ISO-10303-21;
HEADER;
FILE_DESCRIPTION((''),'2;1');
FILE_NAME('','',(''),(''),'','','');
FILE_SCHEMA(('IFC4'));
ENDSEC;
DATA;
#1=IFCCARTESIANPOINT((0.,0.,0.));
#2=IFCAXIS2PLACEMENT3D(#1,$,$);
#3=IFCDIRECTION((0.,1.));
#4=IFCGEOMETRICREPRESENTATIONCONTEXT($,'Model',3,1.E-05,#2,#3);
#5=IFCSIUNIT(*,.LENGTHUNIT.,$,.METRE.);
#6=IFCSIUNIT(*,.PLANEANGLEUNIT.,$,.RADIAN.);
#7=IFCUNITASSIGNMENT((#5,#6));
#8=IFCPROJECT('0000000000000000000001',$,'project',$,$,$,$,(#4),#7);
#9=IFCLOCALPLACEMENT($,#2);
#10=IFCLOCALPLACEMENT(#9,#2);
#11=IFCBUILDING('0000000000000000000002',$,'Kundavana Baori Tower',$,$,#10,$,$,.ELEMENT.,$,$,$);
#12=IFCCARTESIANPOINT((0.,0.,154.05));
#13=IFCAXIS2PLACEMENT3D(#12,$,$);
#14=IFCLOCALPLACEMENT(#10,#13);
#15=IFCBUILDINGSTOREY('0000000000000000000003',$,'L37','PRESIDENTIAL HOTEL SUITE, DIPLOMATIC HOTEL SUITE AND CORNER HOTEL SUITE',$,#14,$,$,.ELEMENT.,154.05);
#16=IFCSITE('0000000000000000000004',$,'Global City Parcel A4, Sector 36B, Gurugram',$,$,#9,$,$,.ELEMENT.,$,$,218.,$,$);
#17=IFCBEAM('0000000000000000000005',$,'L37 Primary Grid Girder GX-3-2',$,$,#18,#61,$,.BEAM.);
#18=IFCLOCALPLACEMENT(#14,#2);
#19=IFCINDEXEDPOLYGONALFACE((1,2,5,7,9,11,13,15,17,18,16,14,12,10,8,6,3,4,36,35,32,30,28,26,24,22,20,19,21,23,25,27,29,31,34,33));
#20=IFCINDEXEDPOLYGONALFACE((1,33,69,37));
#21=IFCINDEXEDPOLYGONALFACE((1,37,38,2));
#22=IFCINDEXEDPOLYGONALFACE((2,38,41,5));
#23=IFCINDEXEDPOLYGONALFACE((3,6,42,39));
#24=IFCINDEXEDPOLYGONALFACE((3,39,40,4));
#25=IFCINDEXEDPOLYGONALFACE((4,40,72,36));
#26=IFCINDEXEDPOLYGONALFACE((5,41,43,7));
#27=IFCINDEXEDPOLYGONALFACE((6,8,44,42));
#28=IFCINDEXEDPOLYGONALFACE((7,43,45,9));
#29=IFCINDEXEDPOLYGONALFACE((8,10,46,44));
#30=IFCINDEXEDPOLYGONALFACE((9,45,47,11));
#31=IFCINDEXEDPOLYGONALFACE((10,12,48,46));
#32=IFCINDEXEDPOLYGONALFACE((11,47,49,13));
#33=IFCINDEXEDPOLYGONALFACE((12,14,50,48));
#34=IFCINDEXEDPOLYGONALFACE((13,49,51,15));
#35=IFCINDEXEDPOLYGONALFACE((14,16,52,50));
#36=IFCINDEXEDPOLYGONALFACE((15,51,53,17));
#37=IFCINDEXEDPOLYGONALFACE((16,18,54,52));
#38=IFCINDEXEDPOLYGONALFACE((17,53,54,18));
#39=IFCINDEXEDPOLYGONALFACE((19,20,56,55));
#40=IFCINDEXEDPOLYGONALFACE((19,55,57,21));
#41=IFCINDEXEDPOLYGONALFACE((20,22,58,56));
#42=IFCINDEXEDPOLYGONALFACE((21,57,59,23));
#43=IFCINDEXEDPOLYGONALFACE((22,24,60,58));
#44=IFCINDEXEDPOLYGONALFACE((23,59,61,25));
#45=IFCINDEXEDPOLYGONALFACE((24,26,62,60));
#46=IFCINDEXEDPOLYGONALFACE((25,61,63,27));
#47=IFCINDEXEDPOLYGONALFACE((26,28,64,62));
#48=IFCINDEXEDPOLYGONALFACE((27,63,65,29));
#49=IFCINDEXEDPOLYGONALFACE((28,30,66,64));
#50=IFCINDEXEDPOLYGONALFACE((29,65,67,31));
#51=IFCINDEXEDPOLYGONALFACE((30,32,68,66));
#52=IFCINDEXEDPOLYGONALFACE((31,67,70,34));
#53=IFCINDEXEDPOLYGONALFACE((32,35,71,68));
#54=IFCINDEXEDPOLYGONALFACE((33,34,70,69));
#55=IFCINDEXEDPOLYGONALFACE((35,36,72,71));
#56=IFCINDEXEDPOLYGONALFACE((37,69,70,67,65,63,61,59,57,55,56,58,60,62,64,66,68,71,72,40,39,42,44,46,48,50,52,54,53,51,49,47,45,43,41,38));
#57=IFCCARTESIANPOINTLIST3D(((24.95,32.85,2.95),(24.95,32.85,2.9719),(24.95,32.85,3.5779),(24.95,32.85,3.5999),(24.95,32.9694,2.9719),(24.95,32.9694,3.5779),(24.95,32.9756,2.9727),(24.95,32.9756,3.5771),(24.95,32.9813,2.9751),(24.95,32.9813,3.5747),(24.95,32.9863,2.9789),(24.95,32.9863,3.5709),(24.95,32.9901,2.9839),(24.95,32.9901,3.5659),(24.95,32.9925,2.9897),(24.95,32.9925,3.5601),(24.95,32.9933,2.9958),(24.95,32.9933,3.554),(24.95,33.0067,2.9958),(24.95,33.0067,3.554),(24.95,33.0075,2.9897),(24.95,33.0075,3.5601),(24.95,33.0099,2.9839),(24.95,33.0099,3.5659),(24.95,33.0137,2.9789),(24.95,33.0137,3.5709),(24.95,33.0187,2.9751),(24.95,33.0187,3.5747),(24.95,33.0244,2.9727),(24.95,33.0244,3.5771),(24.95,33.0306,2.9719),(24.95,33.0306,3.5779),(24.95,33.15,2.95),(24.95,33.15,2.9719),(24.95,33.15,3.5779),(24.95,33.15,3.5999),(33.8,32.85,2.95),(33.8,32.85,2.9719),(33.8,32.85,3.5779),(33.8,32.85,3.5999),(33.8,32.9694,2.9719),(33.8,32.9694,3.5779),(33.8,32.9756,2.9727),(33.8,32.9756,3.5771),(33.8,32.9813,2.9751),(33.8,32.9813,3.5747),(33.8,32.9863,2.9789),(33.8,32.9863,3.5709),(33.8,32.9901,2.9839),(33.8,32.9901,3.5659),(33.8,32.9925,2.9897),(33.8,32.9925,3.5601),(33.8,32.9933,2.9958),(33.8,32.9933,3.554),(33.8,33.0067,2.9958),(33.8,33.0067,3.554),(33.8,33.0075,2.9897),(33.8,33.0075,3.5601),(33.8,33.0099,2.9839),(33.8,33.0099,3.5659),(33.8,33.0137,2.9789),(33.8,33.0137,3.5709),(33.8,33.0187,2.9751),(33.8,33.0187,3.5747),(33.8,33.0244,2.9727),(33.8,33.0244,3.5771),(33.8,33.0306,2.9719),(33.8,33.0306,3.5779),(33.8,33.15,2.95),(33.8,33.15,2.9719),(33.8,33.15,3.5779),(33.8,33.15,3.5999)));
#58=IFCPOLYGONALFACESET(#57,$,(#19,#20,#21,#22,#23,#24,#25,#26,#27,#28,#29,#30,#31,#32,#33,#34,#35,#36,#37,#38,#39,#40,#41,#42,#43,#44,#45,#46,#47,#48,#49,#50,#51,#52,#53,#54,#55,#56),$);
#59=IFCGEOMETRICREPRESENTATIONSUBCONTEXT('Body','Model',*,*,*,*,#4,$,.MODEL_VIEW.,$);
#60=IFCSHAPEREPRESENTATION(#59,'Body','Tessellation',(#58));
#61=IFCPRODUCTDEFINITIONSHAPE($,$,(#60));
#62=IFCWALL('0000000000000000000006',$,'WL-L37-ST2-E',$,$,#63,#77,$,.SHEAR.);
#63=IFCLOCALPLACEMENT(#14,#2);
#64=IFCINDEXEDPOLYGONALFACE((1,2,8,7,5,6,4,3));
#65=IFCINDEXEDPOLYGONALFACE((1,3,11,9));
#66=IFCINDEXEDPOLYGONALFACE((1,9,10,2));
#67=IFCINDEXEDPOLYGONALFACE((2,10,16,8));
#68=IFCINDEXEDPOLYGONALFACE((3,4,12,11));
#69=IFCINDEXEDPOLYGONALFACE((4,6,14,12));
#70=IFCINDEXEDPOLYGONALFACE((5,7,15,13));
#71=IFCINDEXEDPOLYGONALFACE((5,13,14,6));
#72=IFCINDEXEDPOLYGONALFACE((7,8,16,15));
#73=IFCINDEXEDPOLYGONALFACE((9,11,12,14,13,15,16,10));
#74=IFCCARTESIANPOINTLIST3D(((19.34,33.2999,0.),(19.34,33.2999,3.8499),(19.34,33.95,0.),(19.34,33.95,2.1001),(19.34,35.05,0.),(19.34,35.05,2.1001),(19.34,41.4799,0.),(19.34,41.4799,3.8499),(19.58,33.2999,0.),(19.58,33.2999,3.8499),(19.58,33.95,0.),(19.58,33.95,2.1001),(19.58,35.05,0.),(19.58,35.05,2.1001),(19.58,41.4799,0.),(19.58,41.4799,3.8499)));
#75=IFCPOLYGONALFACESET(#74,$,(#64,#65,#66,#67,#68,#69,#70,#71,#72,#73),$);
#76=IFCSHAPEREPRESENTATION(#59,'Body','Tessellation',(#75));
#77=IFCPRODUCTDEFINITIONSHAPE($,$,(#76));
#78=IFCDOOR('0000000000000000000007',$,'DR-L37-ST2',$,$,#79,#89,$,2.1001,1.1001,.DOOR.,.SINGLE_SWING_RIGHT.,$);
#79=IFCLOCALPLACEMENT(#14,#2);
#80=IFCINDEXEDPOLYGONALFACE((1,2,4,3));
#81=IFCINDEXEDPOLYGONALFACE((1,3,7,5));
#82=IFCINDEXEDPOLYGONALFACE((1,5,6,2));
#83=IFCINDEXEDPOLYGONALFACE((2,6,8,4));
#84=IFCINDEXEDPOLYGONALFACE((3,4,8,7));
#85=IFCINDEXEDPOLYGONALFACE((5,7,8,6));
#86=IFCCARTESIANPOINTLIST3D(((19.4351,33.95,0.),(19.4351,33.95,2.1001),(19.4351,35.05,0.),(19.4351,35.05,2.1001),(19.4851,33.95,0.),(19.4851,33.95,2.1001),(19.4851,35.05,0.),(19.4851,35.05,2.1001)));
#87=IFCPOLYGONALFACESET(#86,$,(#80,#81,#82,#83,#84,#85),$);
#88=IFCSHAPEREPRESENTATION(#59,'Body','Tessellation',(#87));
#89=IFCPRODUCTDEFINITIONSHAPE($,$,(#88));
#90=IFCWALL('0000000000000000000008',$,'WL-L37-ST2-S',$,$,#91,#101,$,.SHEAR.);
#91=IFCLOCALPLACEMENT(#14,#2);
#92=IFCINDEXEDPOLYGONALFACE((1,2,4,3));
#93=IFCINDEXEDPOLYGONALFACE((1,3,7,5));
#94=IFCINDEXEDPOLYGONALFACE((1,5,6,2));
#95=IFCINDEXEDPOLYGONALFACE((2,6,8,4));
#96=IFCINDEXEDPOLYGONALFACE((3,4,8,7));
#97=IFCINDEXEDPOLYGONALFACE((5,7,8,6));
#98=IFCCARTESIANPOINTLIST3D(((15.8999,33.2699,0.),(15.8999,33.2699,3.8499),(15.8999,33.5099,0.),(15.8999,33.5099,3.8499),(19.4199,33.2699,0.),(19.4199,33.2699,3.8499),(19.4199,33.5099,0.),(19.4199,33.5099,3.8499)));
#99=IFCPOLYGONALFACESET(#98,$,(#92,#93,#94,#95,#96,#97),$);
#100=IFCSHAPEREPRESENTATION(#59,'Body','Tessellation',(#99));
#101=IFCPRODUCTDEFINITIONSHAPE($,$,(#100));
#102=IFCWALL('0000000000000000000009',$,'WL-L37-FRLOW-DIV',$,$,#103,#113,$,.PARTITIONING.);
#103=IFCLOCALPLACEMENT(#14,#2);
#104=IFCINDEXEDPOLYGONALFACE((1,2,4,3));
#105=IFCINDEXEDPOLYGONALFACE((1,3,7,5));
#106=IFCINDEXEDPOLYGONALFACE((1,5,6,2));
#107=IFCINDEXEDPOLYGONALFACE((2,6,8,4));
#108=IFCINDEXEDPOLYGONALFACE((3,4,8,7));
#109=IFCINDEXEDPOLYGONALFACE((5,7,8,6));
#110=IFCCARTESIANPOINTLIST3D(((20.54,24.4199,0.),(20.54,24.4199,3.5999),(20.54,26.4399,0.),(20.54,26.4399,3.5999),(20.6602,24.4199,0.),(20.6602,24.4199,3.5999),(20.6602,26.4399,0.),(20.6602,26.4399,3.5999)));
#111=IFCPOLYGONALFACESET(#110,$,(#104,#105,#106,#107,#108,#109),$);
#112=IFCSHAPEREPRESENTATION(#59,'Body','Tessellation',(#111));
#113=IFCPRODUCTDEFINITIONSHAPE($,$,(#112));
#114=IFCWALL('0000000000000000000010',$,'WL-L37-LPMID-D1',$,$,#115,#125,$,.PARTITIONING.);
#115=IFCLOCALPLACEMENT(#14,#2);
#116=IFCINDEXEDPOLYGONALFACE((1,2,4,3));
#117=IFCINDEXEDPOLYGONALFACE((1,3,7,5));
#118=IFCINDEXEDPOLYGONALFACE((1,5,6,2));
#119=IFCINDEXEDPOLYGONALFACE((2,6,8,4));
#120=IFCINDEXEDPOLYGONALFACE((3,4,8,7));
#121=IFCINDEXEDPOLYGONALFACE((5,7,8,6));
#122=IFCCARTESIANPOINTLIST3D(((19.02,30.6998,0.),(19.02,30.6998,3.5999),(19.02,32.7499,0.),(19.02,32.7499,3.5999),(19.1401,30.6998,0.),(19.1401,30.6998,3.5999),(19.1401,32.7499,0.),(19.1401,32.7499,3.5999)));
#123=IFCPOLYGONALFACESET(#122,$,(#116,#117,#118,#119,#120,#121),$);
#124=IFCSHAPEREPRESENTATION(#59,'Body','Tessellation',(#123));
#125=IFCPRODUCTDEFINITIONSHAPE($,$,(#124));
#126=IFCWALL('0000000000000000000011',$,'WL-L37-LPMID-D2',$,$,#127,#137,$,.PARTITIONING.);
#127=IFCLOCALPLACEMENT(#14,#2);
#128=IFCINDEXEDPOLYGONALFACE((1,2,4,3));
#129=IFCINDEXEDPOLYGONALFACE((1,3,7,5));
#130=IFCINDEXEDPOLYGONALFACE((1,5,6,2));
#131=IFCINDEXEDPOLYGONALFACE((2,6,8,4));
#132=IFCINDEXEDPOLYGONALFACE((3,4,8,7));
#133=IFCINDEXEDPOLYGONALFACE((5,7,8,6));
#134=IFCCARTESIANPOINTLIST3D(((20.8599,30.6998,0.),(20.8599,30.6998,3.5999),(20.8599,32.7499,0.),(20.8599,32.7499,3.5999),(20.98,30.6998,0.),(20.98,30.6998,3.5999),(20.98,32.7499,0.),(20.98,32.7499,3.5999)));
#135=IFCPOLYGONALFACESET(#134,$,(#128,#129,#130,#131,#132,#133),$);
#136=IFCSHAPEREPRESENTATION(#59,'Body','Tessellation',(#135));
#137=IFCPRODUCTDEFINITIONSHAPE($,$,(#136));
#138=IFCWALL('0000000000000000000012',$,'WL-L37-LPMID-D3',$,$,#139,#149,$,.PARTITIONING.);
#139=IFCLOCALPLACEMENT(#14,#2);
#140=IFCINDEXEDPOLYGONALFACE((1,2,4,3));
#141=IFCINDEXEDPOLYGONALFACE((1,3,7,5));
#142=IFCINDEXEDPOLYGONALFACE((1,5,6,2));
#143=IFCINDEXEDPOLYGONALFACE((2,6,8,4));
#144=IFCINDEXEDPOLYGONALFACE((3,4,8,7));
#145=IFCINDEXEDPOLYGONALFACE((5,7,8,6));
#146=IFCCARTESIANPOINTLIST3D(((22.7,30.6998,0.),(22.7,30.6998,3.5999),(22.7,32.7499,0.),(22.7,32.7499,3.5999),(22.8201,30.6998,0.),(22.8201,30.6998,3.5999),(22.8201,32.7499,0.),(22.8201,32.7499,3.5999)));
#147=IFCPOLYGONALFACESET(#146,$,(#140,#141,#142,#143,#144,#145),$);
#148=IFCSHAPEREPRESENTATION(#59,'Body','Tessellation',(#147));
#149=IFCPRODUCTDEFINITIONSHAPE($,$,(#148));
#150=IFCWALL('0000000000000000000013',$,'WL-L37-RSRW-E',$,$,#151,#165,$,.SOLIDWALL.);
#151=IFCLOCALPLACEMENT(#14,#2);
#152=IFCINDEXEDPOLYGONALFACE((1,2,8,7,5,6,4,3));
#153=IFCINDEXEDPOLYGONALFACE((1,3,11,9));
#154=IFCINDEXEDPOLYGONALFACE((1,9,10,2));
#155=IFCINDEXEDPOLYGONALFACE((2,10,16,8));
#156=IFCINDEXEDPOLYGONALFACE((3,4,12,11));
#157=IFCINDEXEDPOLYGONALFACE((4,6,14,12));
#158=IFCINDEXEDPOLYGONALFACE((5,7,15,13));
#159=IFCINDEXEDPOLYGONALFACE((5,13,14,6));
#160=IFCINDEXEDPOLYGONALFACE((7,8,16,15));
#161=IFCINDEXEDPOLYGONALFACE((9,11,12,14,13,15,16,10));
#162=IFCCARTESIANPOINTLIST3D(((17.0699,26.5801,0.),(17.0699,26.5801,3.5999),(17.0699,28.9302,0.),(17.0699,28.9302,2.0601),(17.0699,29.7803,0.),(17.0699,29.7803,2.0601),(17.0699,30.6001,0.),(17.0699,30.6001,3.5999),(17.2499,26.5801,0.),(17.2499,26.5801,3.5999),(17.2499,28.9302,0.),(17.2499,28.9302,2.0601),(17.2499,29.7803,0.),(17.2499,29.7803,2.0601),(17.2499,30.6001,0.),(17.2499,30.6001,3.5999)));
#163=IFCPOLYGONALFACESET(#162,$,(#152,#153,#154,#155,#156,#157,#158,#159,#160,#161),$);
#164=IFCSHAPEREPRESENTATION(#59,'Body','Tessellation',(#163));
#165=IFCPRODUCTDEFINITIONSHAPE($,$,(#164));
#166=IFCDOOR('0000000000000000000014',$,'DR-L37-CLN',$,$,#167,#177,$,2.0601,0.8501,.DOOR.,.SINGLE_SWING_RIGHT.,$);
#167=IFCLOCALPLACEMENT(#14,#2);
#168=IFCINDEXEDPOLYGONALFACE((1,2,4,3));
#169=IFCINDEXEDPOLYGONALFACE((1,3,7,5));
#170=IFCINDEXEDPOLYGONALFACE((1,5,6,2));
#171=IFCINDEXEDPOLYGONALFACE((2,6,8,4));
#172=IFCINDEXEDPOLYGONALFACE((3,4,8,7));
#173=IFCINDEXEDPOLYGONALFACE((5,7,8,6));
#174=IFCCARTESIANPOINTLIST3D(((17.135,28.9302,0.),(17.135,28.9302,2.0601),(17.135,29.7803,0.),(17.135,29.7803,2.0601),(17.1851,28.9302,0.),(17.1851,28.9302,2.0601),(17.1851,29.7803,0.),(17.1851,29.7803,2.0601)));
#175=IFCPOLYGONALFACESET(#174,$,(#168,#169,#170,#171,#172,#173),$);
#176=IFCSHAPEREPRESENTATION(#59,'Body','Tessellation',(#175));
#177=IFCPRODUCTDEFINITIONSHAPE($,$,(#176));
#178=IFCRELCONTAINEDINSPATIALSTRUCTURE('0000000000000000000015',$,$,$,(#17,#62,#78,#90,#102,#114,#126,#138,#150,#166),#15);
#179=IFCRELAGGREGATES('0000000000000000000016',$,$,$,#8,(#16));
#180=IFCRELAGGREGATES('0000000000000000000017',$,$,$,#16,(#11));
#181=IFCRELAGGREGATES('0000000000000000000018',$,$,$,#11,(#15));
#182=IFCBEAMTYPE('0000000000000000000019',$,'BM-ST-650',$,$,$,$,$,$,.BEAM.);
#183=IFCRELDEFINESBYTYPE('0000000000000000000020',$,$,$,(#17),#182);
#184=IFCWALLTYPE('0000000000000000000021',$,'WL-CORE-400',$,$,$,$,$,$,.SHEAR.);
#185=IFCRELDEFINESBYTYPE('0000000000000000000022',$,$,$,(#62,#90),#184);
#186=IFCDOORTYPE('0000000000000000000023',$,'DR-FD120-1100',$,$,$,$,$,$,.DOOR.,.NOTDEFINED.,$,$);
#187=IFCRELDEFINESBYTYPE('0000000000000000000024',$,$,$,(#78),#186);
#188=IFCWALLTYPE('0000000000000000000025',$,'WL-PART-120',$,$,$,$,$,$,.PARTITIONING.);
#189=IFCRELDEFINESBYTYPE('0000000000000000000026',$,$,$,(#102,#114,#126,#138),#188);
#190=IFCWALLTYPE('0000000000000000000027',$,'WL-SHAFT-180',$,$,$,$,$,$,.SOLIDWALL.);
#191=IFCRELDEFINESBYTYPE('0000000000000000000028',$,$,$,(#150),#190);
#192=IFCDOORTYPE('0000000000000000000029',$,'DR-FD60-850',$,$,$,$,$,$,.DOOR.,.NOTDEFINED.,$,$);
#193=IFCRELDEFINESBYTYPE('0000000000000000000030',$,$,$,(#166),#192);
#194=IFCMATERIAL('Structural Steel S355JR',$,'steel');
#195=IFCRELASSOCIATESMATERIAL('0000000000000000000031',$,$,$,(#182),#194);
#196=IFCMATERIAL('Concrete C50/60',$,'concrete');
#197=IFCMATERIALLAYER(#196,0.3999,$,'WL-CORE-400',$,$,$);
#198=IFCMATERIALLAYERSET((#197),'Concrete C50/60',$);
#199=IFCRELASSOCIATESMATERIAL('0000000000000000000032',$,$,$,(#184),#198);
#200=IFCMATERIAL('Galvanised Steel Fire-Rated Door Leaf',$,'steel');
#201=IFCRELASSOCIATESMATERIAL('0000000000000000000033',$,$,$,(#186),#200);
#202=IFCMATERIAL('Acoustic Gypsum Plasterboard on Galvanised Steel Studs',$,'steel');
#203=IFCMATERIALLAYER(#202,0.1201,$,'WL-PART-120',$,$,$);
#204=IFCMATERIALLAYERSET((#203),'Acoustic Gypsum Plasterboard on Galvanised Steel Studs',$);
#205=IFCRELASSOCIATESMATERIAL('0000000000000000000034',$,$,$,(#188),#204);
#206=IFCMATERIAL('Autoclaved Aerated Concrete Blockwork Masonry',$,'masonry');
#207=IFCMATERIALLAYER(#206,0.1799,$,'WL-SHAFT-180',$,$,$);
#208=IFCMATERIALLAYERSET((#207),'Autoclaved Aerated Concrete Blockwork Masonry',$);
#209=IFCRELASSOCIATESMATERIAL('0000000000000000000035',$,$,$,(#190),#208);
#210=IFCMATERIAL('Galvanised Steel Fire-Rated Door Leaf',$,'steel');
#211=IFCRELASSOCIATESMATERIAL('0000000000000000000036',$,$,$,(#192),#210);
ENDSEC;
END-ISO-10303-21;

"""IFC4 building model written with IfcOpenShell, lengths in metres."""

from ifc_helpers import new_model, si_unit, direction, frame, frame_2d, origin, origin_2d, place, context, subcontext, project, spatial, rectangle, i_section, extrude, material, layer, layer_set, material_profile, profile_set, type_object, element, fill, save


model = new_model("IFC4")

# Units and contexts
model_context = context("Model", 3, precision=1e-05, world=origin(), true_north=direction((0.0, 1.0)))
body_context = subcontext(model_context, "Body", "Model", "MODEL_VIEW")
ifc_project = project(units=[si_unit("LENGTHUNIT", "METRE"), si_unit("PLANEANGLEUNIT", "RADIAN")], contexts=[model_context])

# Site, building, storey
site_placement = place(None, origin())
site = spatial("IfcSite", under=ifc_project, at=site_placement, Name="Global City Parcel A4, Sector 36B, Gurugram", CompositionType="ELEMENT", RefElevation=218.0)
building_placement = place(site_placement, origin())
building = spatial("IfcBuilding", under=site, at=building_placement, Name="Kundavana Baori Tower", CompositionType="ELEMENT")
storey_placement = place(building_placement, frame((0.0, 0.0, 154.05)))
storey = spatial("IfcBuildingStorey", under=building, at=storey_placement, Name="L37", Description="PRESIDENTIAL HOTEL SUITE, DIPLOMATIC HOTEL SUITE AND CORNER HOTEL SUITE", CompositionType="ELEMENT", Elevation=154.05)

# Beam
ifc_material_1 = material(Name="Structural Steel S355JR", Category="steel")
ifc_material_profile_1 = material_profile(ifc_material_1, i_section(OverallWidth=0.3, OverallDepth=0.6499, WebThickness=0.0134, FlangeThickness=0.022, FilletRadius=0.0239, at=origin_2d()), Name="NPB 650x300x155")
ifc_profile_set_1 = profile_set([ifc_material_profile_1], Name="Structural Steel S355JR")
beam_type_1 = type_object("IfcBeamType", Name="BM-ST-650", PredefinedType="BEAM", material=ifc_profile_set_1)
for number, where, z_axis, x_axis, name in (
    (1, (24.95, 33.0, 3.2749), (1.0, 0.0, 0.0), (0.0, 1.0, 0.0), "L37 Primary Grid Girder GX-3-2"),
):
    element("IfcBeam", number, at=place(storey_placement, frame(where, z_axis=z_axis, x_axis=x_axis)), inside=storey, type_object=beam_type_1, Name=name, PredefinedType="BEAM", context=body_context, shape_type="SweptSolid", body=[
        extrude(i_section(OverallWidth=0.3, OverallDepth=0.6499, WebThickness=0.0134, FlangeThickness=0.022, FilletRadius=0.0239, at=origin_2d()), origin(), (0.0, 0.0, 1.0), 8.8501),
    ])

# Wall, opening, door
ifc_material_2 = material(Name="Concrete C50/60", Category="concrete")
ifc_layer_1 = layer(ifc_material_2, 0.3999, Name="WL-CORE-400")
ifc_layer_set_1 = layer_set([ifc_layer_1], Name="Concrete C50/60")
wall_type_1 = type_object("IfcWallType", Name="WL-CORE-400", PredefinedType="SHEAR", material=ifc_layer_set_1)
wall_1_placement = place(storey_placement, frame((19.46, 33.3, 0.0), z_axis=(0.0, 0.0, 1.0), x_axis=(0.0, 1.0, 0.0)))
wall_1 = element("IfcWall", 2, at=wall_1_placement, inside=storey, type_object=wall_type_1, Name="WL-L37-ST2-E", PredefinedType="SHEAR", context=body_context, shape_type="SweptSolid", body=[
    extrude(rectangle(XDim=8.1799, YDim=0.24, at=frame_2d((4.0898, 0.0))), origin(), (0.0, 0.0, 1.0), 3.8499),
])
opening_1_placement = place(wall_1_placement, frame((0.6499, 0.0, 0.0)))
opening_1 = element("IfcOpeningElement", 3, at=opening_1_placement, cuts=wall_1, PredefinedType="OPENING", context=body_context, shape_type="SweptSolid", body=[
    extrude(rectangle(XDim=1.1001, YDim=2.1001, at=frame_2d((0.55, 1.05))), frame((0.0, 0.1299, 0.0), z_axis=(0.0, -1.0, 0.0), x_axis=(1.0, 0.0, 0.0)), (0.0, 0.0, 1.0), 0.26),
])
ifc_material_3 = material(Name="Galvanised Steel Fire-Rated Door Leaf", Category="steel")
door_type_1 = type_object("IfcDoorType", Name="DR-FD120-1100", OperationType="NOTDEFINED", PredefinedType="DOOR", material=ifc_material_3)
door_1_placement = place(opening_1_placement, origin())
door_1 = element("IfcDoor", 4, at=door_1_placement, inside=storey, type_object=door_type_1, Name="DR-L37-ST2", OperationType="SINGLE_SWING_RIGHT", OverallHeight=2.1001, OverallWidth=1.1001, PredefinedType="DOOR", context=body_context, shape_type="SweptSolid", body=[
    extrude(rectangle(XDim=1.1001, YDim=2.1001, at=frame_2d((0.55, 1.05))), frame((0.0, 0.0249, 0.0), z_axis=(0.0, -1.0, 0.0), x_axis=(1.0, 0.0, 0.0)), (0.0, 0.0, 1.0), 0.05),
])
fill(opening_1, door_1)

# Walls
wall_2_placement = place(storey_placement, frame((15.8999, 33.3899, 0.0), z_axis=(0.0, 0.0, 1.0), x_axis=(1.0, 0.0, 0.0)))
element("IfcWall", 5, at=wall_2_placement, inside=storey, type_object=wall_type_1, Name="WL-L37-ST2-S", PredefinedType="SHEAR", context=body_context, shape_type="SweptSolid", body=[
    extrude(rectangle(XDim=3.52, YDim=0.24, at=frame_2d((1.76, 0.0))), origin(), (0.0, 0.0, 1.0), 3.8499),
])
ifc_material_4 = material(Name="Acoustic Gypsum Plasterboard on Galvanised Steel Studs", Category="steel")
ifc_layer_2 = layer(ifc_material_4, 0.1201, Name="WL-PART-120")
ifc_layer_set_2 = layer_set([ifc_layer_2], Name="Acoustic Gypsum Plasterboard on Galvanised Steel Studs")
wall_type_2 = type_object("IfcWallType", Name="WL-PART-120", PredefinedType="PARTITIONING", material=ifc_layer_set_2)
wall_3_placement = place(storey_placement, frame((20.6001, 24.4199, 0.0), z_axis=(0.0, 0.0, 1.0), x_axis=(0.0, 1.0, 0.0)))
element("IfcWall", 6, at=wall_3_placement, inside=storey, type_object=wall_type_2, Name="WL-L37-FRLOW-DIV", PredefinedType="PARTITIONING", context=body_context, shape_type="SweptSolid", body=[
    extrude(rectangle(XDim=2.02, YDim=0.1201, at=frame_2d((1.01, 0.0))), origin(), (0.0, 0.0, 1.0), 3.5999),
])
for number, where, z_axis, x_axis, name in (
    (7, (19.0801, 30.7, 0.0), (0.0, 0.0, 1.0), (0.0, 1.0, 0.0), "WL-L37-LPMID-D1"),
    (8, (20.9199, 30.7, 0.0), (0.0, 0.0, 1.0), (0.0, 1.0, 0.0), "WL-L37-LPMID-D2"),
    (9, (22.76, 30.7, 0.0), (0.0, 0.0, 1.0), (0.0, 1.0, 0.0), "WL-L37-LPMID-D3"),
):
    element("IfcWall", number, at=place(storey_placement, frame(where, z_axis=z_axis, x_axis=x_axis)), inside=storey, type_object=wall_type_2, Name=name, PredefinedType="PARTITIONING", context=body_context, shape_type="SweptSolid", body=[
        extrude(rectangle(XDim=2.05, YDim=0.1201, at=frame_2d((1.0249, 0.0))), origin(), (0.0, 0.0, 1.0), 3.5999),
    ])

# Wall, opening, door
ifc_material_5 = material(Name="Autoclaved Aerated Concrete Blockwork Masonry", Category="masonry")
ifc_layer_3 = layer(ifc_material_5, 0.1799, Name="WL-SHAFT-180")
ifc_layer_set_3 = layer_set([ifc_layer_3], Name="Autoclaved Aerated Concrete Blockwork Masonry")
wall_type_3 = type_object("IfcWallType", Name="WL-SHAFT-180", PredefinedType="SOLIDWALL", material=ifc_layer_set_3)
wall_4_placement = place(storey_placement, frame((17.1599, 26.5801, 0.0), z_axis=(0.0, 0.0, 1.0), x_axis=(0.0, 1.0, 0.0)))
wall_4 = element("IfcWall", 10, at=wall_4_placement, inside=storey, type_object=wall_type_3, Name="WL-L37-RSRW-E", PredefinedType="SOLIDWALL", context=body_context, shape_type="SweptSolid", body=[
    extrude(rectangle(XDim=4.02, YDim=0.1799, at=frame_2d((2.01, 0.0))), origin(), (0.0, 0.0, 1.0), 3.5999),
])
opening_2_placement = place(wall_4_placement, frame((2.3501, 0.0, 0.0)))
opening_2 = element("IfcOpeningElement", 11, at=opening_2_placement, cuts=wall_4, PredefinedType="OPENING", context=body_context, shape_type="SweptSolid", body=[
    extrude(rectangle(XDim=0.8501, YDim=2.0601, at=frame_2d((0.425, 1.03))), frame((0.0, 0.1001, 0.0), z_axis=(0.0, -1.0, 0.0), x_axis=(1.0, 0.0, 0.0)), (0.0, 0.0, 1.0), 0.2),
])
ifc_material_6 = material(Name="Galvanised Steel Fire-Rated Door Leaf", Category="steel")
door_type_2 = type_object("IfcDoorType", Name="DR-FD60-850", OperationType="NOTDEFINED", PredefinedType="DOOR", material=ifc_material_6)
door_2_placement = place(opening_2_placement, origin())
door_2 = element("IfcDoor", 12, at=door_2_placement, inside=storey, type_object=door_type_2, Name="DR-L37-CLN", OperationType="SINGLE_SWING_RIGHT", OverallHeight=2.0601, OverallWidth=0.8501, PredefinedType="DOOR", context=body_context, shape_type="SweptSolid", body=[
    extrude(rectangle(XDim=0.8501, YDim=2.0601, at=frame_2d((0.425, 1.03))), frame((0.0, 0.0249, 0.0), z_axis=(0.0, -1.0, 0.0), x_axis=(1.0, 0.0, 0.0)), (0.0, 0.0, 1.0), 0.05),
])
fill(opening_2, door_2)

save(model, "model.ifc")
